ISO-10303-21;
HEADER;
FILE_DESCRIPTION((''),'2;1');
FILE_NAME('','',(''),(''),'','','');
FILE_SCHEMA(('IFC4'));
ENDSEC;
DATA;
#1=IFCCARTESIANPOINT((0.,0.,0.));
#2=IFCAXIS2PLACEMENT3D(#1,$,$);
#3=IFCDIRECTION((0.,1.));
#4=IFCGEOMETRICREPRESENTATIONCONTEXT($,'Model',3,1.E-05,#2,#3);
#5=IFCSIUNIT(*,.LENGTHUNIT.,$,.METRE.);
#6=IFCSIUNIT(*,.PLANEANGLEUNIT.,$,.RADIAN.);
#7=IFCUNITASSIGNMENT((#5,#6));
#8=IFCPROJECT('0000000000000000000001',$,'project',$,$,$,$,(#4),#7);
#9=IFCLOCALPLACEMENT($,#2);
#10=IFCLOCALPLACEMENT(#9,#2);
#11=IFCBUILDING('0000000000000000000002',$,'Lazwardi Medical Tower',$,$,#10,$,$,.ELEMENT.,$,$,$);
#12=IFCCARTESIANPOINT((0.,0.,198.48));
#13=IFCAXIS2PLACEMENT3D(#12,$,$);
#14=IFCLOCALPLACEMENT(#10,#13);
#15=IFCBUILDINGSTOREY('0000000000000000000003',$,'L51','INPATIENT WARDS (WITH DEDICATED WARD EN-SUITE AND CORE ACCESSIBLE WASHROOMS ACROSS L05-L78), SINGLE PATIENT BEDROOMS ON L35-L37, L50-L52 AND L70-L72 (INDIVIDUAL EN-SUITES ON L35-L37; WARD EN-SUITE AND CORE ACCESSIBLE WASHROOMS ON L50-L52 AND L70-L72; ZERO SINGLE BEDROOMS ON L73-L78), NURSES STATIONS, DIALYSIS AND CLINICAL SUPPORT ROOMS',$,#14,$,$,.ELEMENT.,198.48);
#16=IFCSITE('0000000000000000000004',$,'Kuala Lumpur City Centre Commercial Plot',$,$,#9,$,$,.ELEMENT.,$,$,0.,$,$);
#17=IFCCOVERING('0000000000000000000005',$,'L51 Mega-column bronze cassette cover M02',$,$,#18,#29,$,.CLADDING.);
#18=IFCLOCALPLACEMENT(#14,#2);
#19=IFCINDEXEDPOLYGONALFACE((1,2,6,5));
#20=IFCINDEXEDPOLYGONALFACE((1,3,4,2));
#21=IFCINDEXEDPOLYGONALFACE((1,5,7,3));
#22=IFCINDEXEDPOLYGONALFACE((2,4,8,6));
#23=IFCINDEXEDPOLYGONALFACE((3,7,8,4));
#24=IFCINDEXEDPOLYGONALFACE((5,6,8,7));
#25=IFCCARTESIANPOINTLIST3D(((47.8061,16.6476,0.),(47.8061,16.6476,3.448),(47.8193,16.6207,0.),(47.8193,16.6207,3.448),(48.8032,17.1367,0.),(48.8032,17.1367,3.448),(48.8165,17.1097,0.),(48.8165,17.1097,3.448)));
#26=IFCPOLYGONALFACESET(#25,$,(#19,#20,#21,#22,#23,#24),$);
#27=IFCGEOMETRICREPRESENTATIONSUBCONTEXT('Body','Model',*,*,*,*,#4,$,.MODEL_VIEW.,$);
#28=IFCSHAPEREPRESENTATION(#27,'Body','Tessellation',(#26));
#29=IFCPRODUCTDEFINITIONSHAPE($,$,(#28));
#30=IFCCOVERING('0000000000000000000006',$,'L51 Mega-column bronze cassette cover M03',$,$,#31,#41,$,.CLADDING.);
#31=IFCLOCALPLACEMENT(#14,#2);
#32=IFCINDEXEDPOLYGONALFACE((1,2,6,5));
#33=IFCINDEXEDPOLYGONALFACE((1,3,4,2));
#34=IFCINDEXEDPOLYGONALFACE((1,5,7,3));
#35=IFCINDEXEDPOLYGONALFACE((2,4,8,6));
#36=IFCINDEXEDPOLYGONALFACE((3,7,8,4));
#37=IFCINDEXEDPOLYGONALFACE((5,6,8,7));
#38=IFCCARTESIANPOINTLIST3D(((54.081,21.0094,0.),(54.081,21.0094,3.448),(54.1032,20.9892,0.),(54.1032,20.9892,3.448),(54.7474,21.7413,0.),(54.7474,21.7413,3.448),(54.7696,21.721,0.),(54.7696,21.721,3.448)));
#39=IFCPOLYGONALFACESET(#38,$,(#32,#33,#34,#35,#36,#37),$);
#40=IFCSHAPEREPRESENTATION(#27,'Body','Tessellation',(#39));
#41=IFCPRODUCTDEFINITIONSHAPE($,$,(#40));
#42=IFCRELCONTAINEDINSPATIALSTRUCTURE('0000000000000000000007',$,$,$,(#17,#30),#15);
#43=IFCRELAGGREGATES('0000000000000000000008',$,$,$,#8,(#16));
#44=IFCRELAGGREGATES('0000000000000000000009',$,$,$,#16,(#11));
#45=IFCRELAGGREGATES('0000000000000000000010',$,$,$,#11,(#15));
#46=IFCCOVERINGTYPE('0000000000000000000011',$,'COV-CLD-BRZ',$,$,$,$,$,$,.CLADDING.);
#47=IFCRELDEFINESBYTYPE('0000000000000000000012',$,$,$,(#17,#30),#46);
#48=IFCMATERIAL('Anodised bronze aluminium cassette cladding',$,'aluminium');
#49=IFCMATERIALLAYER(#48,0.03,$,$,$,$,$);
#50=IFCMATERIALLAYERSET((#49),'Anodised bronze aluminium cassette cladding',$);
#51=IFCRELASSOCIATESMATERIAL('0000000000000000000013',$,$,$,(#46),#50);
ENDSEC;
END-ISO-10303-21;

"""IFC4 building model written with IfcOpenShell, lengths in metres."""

from ifc_helpers import new_model, si_unit, direction, frame, origin, origin_2d, place, context, subcontext, project, spatial, rectangle, extrude, material, layer, layer_set, type_object, element, save


model = new_model("IFC4")

# Units and contexts
model_context = context("Model", 3, precision=1e-05, world=origin(), true_north=direction((0.0, 1.0)))
body_context = subcontext(model_context, "Body", "Model", "MODEL_VIEW")
ifc_project = project(units=[si_unit("LENGTHUNIT", "METRE"), si_unit("PLANEANGLEUNIT", "RADIAN")], contexts=[model_context])

# Site, building, storey
site_placement = place(None, origin())
site = spatial("IfcSite", under=ifc_project, at=site_placement, Name="Kuala Lumpur City Centre Commercial Plot", CompositionType="ELEMENT", RefElevation=0.0)
building_placement = place(site_placement, origin())
building = spatial("IfcBuilding", under=site, at=building_placement, Name="Lazwardi Medical Tower", CompositionType="ELEMENT")
storey_placement = place(building_placement, frame((0.0, 0.0, 198.48)))
storey = spatial("IfcBuildingStorey", under=building, at=storey_placement, Name="L51", Description="INPATIENT WARDS (WITH DEDICATED WARD EN-SUITE AND CORE ACCESSIBLE WASHROOMS ACROSS L05-L78), SINGLE PATIENT BEDROOMS ON L35-L37, L50-L52 AND L70-L72 (INDIVIDUAL EN-SUITES ON L35-L37; WARD EN-SUITE AND CORE ACCESSIBLE WASHROOMS ON L50-L52 AND L70-L72; ZERO SINGLE BEDROOMS ON L73-L78), NURSES STATIONS, DIALYSIS AND CLINICAL SUPPORT ROOMS", CompositionType="ELEMENT", Elevation=198.48)

# Coverings
ifc_material_1 = material(Name="Anodised bronze aluminium cassette cladding", Category="aluminium")
ifc_layer_1 = layer(ifc_material_1, 0.03)
ifc_layer_set_1 = layer_set([ifc_layer_1], Name="Anodised bronze aluminium cassette cladding")
covering_type = type_object("IfcCoveringType", Name="COV-CLD-BRZ", PredefinedType="CLADDING", material=ifc_layer_set_1)
covering_1_placement = place(storey_placement, frame((48.3113, 16.8787, 0.0), z_axis=(0.0, 0.0, 1.0), x_axis=(0.89784, 0.440322, 0.0)))
element("IfcCovering", 1, at=covering_1_placement, inside=storey, type_object=covering_type, Name="L51 Mega-column bronze cassette cover M02", PredefinedType="CLADDING", context=body_context, shape_type="SweptSolid", body=[
    extrude(rectangle(XDim=1.1106, YDim=0.03, at=origin_2d()), origin(), (0.0, 0.0, 1.0), 3.448),
])
covering_2_placement = place(storey_placement, frame((54.4253, 21.3652, 0.0), z_axis=(0.0, 0.0, 1.0), x_axis=(0.673241, 0.739423, 0.0)))
element("IfcCovering", 2, at=covering_2_placement, inside=storey, type_object=covering_type, Name="L51 Mega-column bronze cassette cover M03", PredefinedType="CLADDING", context=body_context, shape_type="SweptSolid", body=[
    extrude(rectangle(XDim=0.9897, YDim=0.03, at=origin_2d()), origin(), (0.0, 0.0, 1.0), 3.448),
])

save(model, "model.ifc")
